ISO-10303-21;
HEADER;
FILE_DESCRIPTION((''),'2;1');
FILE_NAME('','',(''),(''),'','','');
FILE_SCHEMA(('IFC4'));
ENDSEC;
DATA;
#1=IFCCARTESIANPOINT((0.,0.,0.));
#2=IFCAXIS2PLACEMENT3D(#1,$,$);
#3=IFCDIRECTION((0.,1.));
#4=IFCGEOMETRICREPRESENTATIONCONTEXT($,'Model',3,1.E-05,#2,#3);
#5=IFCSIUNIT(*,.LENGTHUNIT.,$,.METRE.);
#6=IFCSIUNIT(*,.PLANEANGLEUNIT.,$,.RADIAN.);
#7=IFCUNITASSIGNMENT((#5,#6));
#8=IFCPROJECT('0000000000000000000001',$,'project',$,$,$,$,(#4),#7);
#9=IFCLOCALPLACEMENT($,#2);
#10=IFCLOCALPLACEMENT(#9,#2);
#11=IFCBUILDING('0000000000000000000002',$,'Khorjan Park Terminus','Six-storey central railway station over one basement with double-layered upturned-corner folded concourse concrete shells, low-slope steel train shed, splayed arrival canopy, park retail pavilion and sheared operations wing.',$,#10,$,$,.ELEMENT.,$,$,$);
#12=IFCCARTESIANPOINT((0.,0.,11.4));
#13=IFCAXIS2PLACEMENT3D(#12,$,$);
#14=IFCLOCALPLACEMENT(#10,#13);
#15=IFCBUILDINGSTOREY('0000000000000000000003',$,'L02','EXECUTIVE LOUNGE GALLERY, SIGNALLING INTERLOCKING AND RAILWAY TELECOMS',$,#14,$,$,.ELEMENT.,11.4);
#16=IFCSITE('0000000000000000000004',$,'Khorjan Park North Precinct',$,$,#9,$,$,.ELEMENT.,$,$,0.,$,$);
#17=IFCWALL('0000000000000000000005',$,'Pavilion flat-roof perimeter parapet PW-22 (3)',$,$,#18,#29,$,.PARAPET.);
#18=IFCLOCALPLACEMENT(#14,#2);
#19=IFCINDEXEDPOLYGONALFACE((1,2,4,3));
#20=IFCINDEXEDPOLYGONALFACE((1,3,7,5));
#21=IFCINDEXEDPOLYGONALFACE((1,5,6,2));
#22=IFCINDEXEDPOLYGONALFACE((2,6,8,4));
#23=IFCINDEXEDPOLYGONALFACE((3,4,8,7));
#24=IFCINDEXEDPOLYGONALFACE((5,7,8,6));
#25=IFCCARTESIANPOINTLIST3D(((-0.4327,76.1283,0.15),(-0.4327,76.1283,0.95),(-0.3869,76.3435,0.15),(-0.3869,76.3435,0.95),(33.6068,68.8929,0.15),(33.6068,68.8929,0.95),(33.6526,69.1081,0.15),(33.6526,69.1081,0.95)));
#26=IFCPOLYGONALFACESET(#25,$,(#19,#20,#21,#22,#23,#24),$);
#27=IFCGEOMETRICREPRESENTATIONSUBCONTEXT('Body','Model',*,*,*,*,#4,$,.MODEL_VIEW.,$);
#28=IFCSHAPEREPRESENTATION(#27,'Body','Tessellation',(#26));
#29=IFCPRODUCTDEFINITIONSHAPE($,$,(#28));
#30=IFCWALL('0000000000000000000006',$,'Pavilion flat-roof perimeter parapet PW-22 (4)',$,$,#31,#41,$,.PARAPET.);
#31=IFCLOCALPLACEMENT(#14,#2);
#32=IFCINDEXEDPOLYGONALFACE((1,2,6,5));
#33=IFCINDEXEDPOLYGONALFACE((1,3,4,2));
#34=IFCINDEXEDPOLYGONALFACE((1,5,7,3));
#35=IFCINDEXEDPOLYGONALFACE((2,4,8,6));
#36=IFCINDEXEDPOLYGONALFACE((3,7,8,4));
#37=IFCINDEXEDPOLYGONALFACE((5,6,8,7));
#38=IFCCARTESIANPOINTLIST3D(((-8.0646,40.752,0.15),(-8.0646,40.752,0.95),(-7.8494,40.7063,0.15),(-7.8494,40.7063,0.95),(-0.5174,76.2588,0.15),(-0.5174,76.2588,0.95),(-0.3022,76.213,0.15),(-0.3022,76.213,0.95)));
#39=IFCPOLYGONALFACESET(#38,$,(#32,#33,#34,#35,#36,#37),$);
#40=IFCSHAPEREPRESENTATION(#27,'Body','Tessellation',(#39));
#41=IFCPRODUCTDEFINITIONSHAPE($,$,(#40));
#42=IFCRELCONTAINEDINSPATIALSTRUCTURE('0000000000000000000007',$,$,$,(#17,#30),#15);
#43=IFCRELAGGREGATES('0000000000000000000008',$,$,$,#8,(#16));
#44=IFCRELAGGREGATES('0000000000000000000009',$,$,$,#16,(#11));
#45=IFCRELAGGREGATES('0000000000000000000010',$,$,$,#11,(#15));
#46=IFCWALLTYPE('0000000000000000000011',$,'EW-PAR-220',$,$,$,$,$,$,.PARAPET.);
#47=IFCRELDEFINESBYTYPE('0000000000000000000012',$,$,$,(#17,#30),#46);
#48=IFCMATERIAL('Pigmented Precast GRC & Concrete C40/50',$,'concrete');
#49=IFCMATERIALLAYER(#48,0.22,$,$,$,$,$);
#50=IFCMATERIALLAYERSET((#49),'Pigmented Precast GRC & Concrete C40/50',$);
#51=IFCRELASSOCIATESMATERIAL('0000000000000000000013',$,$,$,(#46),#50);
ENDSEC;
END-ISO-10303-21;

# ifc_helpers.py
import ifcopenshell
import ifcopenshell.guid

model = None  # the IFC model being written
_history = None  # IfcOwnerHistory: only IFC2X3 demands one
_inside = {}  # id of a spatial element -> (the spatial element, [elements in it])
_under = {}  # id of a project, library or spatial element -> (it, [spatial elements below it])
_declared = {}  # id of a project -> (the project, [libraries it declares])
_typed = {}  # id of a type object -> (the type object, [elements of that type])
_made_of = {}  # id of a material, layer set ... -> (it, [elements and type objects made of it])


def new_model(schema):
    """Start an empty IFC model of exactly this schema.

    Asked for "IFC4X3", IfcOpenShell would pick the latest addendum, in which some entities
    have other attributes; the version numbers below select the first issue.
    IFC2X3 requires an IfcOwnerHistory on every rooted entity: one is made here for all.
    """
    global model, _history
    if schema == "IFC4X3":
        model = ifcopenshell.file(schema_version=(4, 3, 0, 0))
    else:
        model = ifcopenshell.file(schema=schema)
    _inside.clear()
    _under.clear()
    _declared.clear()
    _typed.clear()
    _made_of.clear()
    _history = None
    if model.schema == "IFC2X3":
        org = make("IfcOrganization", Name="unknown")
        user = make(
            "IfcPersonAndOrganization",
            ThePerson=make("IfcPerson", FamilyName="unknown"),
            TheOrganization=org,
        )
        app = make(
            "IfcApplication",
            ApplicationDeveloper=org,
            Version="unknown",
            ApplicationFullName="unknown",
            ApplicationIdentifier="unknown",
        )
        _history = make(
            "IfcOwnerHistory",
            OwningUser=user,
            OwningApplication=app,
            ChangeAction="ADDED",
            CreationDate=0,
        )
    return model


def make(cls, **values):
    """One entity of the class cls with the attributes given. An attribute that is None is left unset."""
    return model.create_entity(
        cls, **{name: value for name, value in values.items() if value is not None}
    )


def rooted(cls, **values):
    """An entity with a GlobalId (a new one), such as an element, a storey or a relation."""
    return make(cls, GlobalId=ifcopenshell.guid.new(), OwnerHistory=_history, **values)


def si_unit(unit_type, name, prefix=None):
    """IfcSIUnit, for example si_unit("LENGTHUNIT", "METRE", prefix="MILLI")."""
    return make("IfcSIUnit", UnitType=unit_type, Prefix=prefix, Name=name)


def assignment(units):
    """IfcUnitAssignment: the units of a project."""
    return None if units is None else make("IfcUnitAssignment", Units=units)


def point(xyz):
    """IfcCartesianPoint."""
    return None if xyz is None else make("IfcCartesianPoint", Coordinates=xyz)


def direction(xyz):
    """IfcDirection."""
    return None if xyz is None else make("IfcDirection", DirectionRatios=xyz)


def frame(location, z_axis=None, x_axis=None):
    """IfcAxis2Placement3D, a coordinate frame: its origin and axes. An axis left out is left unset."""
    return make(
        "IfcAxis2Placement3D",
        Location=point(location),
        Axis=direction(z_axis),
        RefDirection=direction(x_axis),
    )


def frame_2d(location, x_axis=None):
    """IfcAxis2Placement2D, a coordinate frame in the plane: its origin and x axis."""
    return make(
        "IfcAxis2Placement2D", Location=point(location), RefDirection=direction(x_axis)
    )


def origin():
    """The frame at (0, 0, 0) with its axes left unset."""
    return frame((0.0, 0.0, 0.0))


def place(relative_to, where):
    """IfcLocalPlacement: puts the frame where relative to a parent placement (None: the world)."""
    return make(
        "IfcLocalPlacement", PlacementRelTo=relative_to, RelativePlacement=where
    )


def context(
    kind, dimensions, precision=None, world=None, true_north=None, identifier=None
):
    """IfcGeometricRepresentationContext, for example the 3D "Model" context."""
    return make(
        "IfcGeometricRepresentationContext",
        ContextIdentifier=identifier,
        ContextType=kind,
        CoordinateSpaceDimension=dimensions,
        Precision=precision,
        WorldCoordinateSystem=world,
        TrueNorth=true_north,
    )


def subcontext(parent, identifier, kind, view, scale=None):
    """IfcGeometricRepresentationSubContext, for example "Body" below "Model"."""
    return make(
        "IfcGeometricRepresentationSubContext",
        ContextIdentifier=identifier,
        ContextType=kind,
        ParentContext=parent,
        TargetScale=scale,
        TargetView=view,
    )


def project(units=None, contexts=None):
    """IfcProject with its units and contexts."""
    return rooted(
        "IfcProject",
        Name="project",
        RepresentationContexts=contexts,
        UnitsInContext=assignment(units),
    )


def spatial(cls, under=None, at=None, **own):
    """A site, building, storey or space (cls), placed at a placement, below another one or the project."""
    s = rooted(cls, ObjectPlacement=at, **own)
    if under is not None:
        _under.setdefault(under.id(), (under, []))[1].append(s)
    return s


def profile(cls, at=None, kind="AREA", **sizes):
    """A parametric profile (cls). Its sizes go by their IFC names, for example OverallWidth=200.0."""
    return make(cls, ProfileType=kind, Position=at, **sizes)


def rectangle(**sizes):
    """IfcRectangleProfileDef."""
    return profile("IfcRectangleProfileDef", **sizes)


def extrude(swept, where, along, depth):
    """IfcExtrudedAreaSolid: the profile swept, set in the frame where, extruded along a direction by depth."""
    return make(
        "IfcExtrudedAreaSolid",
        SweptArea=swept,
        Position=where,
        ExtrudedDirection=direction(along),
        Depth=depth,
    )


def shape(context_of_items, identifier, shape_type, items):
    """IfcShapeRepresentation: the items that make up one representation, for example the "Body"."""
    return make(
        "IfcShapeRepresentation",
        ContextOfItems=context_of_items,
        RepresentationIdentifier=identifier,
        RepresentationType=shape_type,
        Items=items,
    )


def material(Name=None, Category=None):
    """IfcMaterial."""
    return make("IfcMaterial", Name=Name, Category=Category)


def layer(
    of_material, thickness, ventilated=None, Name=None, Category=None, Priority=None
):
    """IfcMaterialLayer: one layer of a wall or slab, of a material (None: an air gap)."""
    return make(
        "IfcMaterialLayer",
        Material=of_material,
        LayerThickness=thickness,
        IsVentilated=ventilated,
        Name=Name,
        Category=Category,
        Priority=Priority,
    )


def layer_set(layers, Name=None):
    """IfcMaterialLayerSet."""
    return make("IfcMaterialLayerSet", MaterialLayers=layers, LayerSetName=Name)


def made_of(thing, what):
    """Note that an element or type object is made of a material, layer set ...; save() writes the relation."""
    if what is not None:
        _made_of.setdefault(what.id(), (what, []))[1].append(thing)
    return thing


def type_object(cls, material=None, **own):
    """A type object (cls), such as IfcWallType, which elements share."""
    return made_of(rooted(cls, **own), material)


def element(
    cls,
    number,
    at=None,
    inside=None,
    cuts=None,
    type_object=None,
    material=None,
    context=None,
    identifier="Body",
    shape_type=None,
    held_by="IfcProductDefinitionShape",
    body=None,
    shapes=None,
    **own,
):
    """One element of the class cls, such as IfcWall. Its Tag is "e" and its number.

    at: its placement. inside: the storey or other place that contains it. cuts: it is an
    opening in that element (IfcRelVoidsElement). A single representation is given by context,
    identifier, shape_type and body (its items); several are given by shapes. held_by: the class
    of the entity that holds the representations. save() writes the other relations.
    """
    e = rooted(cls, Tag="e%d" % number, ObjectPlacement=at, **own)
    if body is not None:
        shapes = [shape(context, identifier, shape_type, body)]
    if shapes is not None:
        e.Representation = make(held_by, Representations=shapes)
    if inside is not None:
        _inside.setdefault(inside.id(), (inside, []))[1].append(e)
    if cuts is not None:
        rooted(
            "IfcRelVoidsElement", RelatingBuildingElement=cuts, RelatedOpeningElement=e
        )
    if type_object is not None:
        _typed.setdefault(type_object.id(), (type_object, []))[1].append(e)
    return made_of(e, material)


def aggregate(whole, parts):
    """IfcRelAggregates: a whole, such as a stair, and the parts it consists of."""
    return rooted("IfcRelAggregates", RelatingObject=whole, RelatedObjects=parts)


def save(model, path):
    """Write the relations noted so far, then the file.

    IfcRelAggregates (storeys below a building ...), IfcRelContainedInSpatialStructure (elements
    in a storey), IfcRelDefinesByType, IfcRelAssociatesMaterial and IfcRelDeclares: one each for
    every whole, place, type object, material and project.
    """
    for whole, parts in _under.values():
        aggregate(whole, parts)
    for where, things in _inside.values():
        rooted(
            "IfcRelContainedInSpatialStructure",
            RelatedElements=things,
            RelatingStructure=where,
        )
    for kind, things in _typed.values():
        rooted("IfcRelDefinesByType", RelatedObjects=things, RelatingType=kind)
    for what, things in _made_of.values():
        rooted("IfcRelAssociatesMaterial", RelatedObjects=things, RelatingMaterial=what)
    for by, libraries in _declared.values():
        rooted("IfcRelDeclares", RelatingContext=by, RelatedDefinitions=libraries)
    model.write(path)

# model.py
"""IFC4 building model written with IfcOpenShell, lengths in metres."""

from ifc_helpers import new_model, si_unit, direction, frame, frame_2d, origin, place, context, subcontext, project, spatial, rectangle, extrude, material, layer, layer_set, type_object, element, save


model = new_model("IFC4")

# Units and contexts
model_context = context("Model", 3, precision=1e-05, world=origin(), true_north=direction((0.0, 1.0)))
body_context = subcontext(model_context, "Body", "Model", "MODEL_VIEW")
ifc_project = project(units=[si_unit("LENGTHUNIT", "METRE"), si_unit("PLANEANGLEUNIT", "RADIAN")], contexts=[model_context])

# Site, building, storey
site_placement = place(None, origin())
site = spatial("IfcSite", under=ifc_project, at=site_placement, Name="Khorjan Park North Precinct", CompositionType="ELEMENT", RefElevation=0.0)
building_placement = place(site_placement, origin())
building = spatial("IfcBuilding", under=site, at=building_placement, Name="Khorjan Park Terminus", Description="Six-storey central railway station over one basement with double-layered upturned-corner folded concourse concrete shells, low-slope steel train shed, splayed arrival canopy, park retail pavilion and sheared operations wing.", CompositionType="ELEMENT")
storey_placement = place(building_placement, frame((0.0, 0.0, 11.4)))
storey = spatial("IfcBuildingStorey", under=building, at=storey_placement, Name="L02", Description="EXECUTIVE LOUNGE GALLERY, SIGNALLING INTERLOCKING AND RAILWAY TELECOMS", CompositionType="ELEMENT", Elevation=11.4)

# Walls
ifc_material_1 = material(Name="Pigmented Precast GRC & Concrete C40/50", Category="concrete")
ifc_layer_1 = layer(ifc_material_1, 0.22)
ifc_layer_set_1 = layer_set([ifc_layer_1], Name="Pigmented Precast GRC & Concrete C40/50")
wall_type = type_object("IfcWallType", Name="EW-PAR-220", PredefinedType="PARAPET", material=ifc_layer_set_1)
wall_1_placement = place(storey_placement, frame((33.6297, 69.0005, 0.15), z_axis=(0.0, 0.0, 1.0), x_axis=(-0.978147, 0.207914, 0.0)))
element("IfcWall", 1, at=wall_1_placement, inside=storey, type_object=wall_type, Name="Pavilion flat-roof perimeter parapet PW-22 (3)", PredefinedType="PARAPET", context=body_context, shape_type="SweptSolid", body=[
    extrude(rectangle(XDim=34.8, YDim=0.22, at=frame_2d((17.4, 0.0))), origin(), (0.0, 0.0, 1.0), 0.8),
])
wall_2_placement = place(storey_placement, frame((-0.4098, 76.2359, 0.15), z_axis=(0.0, 0.0, 1.0), x_axis=(-0.207912, -0.978148, 0.0)))
element("IfcWall", 2, at=wall_2_placement, inside=storey, type_object=wall_type, Name="Pavilion flat-roof perimeter parapet PW-22 (4)", PredefinedType="PARAPET", context=body_context, shape_type="SweptSolid", body=[
    extrude(rectangle(XDim=36.3, YDim=0.22, at=frame_2d((18.15, 0.0))), origin(), (0.0, 0.0, 1.0), 0.8),
])

save(model, "model.ifc")
